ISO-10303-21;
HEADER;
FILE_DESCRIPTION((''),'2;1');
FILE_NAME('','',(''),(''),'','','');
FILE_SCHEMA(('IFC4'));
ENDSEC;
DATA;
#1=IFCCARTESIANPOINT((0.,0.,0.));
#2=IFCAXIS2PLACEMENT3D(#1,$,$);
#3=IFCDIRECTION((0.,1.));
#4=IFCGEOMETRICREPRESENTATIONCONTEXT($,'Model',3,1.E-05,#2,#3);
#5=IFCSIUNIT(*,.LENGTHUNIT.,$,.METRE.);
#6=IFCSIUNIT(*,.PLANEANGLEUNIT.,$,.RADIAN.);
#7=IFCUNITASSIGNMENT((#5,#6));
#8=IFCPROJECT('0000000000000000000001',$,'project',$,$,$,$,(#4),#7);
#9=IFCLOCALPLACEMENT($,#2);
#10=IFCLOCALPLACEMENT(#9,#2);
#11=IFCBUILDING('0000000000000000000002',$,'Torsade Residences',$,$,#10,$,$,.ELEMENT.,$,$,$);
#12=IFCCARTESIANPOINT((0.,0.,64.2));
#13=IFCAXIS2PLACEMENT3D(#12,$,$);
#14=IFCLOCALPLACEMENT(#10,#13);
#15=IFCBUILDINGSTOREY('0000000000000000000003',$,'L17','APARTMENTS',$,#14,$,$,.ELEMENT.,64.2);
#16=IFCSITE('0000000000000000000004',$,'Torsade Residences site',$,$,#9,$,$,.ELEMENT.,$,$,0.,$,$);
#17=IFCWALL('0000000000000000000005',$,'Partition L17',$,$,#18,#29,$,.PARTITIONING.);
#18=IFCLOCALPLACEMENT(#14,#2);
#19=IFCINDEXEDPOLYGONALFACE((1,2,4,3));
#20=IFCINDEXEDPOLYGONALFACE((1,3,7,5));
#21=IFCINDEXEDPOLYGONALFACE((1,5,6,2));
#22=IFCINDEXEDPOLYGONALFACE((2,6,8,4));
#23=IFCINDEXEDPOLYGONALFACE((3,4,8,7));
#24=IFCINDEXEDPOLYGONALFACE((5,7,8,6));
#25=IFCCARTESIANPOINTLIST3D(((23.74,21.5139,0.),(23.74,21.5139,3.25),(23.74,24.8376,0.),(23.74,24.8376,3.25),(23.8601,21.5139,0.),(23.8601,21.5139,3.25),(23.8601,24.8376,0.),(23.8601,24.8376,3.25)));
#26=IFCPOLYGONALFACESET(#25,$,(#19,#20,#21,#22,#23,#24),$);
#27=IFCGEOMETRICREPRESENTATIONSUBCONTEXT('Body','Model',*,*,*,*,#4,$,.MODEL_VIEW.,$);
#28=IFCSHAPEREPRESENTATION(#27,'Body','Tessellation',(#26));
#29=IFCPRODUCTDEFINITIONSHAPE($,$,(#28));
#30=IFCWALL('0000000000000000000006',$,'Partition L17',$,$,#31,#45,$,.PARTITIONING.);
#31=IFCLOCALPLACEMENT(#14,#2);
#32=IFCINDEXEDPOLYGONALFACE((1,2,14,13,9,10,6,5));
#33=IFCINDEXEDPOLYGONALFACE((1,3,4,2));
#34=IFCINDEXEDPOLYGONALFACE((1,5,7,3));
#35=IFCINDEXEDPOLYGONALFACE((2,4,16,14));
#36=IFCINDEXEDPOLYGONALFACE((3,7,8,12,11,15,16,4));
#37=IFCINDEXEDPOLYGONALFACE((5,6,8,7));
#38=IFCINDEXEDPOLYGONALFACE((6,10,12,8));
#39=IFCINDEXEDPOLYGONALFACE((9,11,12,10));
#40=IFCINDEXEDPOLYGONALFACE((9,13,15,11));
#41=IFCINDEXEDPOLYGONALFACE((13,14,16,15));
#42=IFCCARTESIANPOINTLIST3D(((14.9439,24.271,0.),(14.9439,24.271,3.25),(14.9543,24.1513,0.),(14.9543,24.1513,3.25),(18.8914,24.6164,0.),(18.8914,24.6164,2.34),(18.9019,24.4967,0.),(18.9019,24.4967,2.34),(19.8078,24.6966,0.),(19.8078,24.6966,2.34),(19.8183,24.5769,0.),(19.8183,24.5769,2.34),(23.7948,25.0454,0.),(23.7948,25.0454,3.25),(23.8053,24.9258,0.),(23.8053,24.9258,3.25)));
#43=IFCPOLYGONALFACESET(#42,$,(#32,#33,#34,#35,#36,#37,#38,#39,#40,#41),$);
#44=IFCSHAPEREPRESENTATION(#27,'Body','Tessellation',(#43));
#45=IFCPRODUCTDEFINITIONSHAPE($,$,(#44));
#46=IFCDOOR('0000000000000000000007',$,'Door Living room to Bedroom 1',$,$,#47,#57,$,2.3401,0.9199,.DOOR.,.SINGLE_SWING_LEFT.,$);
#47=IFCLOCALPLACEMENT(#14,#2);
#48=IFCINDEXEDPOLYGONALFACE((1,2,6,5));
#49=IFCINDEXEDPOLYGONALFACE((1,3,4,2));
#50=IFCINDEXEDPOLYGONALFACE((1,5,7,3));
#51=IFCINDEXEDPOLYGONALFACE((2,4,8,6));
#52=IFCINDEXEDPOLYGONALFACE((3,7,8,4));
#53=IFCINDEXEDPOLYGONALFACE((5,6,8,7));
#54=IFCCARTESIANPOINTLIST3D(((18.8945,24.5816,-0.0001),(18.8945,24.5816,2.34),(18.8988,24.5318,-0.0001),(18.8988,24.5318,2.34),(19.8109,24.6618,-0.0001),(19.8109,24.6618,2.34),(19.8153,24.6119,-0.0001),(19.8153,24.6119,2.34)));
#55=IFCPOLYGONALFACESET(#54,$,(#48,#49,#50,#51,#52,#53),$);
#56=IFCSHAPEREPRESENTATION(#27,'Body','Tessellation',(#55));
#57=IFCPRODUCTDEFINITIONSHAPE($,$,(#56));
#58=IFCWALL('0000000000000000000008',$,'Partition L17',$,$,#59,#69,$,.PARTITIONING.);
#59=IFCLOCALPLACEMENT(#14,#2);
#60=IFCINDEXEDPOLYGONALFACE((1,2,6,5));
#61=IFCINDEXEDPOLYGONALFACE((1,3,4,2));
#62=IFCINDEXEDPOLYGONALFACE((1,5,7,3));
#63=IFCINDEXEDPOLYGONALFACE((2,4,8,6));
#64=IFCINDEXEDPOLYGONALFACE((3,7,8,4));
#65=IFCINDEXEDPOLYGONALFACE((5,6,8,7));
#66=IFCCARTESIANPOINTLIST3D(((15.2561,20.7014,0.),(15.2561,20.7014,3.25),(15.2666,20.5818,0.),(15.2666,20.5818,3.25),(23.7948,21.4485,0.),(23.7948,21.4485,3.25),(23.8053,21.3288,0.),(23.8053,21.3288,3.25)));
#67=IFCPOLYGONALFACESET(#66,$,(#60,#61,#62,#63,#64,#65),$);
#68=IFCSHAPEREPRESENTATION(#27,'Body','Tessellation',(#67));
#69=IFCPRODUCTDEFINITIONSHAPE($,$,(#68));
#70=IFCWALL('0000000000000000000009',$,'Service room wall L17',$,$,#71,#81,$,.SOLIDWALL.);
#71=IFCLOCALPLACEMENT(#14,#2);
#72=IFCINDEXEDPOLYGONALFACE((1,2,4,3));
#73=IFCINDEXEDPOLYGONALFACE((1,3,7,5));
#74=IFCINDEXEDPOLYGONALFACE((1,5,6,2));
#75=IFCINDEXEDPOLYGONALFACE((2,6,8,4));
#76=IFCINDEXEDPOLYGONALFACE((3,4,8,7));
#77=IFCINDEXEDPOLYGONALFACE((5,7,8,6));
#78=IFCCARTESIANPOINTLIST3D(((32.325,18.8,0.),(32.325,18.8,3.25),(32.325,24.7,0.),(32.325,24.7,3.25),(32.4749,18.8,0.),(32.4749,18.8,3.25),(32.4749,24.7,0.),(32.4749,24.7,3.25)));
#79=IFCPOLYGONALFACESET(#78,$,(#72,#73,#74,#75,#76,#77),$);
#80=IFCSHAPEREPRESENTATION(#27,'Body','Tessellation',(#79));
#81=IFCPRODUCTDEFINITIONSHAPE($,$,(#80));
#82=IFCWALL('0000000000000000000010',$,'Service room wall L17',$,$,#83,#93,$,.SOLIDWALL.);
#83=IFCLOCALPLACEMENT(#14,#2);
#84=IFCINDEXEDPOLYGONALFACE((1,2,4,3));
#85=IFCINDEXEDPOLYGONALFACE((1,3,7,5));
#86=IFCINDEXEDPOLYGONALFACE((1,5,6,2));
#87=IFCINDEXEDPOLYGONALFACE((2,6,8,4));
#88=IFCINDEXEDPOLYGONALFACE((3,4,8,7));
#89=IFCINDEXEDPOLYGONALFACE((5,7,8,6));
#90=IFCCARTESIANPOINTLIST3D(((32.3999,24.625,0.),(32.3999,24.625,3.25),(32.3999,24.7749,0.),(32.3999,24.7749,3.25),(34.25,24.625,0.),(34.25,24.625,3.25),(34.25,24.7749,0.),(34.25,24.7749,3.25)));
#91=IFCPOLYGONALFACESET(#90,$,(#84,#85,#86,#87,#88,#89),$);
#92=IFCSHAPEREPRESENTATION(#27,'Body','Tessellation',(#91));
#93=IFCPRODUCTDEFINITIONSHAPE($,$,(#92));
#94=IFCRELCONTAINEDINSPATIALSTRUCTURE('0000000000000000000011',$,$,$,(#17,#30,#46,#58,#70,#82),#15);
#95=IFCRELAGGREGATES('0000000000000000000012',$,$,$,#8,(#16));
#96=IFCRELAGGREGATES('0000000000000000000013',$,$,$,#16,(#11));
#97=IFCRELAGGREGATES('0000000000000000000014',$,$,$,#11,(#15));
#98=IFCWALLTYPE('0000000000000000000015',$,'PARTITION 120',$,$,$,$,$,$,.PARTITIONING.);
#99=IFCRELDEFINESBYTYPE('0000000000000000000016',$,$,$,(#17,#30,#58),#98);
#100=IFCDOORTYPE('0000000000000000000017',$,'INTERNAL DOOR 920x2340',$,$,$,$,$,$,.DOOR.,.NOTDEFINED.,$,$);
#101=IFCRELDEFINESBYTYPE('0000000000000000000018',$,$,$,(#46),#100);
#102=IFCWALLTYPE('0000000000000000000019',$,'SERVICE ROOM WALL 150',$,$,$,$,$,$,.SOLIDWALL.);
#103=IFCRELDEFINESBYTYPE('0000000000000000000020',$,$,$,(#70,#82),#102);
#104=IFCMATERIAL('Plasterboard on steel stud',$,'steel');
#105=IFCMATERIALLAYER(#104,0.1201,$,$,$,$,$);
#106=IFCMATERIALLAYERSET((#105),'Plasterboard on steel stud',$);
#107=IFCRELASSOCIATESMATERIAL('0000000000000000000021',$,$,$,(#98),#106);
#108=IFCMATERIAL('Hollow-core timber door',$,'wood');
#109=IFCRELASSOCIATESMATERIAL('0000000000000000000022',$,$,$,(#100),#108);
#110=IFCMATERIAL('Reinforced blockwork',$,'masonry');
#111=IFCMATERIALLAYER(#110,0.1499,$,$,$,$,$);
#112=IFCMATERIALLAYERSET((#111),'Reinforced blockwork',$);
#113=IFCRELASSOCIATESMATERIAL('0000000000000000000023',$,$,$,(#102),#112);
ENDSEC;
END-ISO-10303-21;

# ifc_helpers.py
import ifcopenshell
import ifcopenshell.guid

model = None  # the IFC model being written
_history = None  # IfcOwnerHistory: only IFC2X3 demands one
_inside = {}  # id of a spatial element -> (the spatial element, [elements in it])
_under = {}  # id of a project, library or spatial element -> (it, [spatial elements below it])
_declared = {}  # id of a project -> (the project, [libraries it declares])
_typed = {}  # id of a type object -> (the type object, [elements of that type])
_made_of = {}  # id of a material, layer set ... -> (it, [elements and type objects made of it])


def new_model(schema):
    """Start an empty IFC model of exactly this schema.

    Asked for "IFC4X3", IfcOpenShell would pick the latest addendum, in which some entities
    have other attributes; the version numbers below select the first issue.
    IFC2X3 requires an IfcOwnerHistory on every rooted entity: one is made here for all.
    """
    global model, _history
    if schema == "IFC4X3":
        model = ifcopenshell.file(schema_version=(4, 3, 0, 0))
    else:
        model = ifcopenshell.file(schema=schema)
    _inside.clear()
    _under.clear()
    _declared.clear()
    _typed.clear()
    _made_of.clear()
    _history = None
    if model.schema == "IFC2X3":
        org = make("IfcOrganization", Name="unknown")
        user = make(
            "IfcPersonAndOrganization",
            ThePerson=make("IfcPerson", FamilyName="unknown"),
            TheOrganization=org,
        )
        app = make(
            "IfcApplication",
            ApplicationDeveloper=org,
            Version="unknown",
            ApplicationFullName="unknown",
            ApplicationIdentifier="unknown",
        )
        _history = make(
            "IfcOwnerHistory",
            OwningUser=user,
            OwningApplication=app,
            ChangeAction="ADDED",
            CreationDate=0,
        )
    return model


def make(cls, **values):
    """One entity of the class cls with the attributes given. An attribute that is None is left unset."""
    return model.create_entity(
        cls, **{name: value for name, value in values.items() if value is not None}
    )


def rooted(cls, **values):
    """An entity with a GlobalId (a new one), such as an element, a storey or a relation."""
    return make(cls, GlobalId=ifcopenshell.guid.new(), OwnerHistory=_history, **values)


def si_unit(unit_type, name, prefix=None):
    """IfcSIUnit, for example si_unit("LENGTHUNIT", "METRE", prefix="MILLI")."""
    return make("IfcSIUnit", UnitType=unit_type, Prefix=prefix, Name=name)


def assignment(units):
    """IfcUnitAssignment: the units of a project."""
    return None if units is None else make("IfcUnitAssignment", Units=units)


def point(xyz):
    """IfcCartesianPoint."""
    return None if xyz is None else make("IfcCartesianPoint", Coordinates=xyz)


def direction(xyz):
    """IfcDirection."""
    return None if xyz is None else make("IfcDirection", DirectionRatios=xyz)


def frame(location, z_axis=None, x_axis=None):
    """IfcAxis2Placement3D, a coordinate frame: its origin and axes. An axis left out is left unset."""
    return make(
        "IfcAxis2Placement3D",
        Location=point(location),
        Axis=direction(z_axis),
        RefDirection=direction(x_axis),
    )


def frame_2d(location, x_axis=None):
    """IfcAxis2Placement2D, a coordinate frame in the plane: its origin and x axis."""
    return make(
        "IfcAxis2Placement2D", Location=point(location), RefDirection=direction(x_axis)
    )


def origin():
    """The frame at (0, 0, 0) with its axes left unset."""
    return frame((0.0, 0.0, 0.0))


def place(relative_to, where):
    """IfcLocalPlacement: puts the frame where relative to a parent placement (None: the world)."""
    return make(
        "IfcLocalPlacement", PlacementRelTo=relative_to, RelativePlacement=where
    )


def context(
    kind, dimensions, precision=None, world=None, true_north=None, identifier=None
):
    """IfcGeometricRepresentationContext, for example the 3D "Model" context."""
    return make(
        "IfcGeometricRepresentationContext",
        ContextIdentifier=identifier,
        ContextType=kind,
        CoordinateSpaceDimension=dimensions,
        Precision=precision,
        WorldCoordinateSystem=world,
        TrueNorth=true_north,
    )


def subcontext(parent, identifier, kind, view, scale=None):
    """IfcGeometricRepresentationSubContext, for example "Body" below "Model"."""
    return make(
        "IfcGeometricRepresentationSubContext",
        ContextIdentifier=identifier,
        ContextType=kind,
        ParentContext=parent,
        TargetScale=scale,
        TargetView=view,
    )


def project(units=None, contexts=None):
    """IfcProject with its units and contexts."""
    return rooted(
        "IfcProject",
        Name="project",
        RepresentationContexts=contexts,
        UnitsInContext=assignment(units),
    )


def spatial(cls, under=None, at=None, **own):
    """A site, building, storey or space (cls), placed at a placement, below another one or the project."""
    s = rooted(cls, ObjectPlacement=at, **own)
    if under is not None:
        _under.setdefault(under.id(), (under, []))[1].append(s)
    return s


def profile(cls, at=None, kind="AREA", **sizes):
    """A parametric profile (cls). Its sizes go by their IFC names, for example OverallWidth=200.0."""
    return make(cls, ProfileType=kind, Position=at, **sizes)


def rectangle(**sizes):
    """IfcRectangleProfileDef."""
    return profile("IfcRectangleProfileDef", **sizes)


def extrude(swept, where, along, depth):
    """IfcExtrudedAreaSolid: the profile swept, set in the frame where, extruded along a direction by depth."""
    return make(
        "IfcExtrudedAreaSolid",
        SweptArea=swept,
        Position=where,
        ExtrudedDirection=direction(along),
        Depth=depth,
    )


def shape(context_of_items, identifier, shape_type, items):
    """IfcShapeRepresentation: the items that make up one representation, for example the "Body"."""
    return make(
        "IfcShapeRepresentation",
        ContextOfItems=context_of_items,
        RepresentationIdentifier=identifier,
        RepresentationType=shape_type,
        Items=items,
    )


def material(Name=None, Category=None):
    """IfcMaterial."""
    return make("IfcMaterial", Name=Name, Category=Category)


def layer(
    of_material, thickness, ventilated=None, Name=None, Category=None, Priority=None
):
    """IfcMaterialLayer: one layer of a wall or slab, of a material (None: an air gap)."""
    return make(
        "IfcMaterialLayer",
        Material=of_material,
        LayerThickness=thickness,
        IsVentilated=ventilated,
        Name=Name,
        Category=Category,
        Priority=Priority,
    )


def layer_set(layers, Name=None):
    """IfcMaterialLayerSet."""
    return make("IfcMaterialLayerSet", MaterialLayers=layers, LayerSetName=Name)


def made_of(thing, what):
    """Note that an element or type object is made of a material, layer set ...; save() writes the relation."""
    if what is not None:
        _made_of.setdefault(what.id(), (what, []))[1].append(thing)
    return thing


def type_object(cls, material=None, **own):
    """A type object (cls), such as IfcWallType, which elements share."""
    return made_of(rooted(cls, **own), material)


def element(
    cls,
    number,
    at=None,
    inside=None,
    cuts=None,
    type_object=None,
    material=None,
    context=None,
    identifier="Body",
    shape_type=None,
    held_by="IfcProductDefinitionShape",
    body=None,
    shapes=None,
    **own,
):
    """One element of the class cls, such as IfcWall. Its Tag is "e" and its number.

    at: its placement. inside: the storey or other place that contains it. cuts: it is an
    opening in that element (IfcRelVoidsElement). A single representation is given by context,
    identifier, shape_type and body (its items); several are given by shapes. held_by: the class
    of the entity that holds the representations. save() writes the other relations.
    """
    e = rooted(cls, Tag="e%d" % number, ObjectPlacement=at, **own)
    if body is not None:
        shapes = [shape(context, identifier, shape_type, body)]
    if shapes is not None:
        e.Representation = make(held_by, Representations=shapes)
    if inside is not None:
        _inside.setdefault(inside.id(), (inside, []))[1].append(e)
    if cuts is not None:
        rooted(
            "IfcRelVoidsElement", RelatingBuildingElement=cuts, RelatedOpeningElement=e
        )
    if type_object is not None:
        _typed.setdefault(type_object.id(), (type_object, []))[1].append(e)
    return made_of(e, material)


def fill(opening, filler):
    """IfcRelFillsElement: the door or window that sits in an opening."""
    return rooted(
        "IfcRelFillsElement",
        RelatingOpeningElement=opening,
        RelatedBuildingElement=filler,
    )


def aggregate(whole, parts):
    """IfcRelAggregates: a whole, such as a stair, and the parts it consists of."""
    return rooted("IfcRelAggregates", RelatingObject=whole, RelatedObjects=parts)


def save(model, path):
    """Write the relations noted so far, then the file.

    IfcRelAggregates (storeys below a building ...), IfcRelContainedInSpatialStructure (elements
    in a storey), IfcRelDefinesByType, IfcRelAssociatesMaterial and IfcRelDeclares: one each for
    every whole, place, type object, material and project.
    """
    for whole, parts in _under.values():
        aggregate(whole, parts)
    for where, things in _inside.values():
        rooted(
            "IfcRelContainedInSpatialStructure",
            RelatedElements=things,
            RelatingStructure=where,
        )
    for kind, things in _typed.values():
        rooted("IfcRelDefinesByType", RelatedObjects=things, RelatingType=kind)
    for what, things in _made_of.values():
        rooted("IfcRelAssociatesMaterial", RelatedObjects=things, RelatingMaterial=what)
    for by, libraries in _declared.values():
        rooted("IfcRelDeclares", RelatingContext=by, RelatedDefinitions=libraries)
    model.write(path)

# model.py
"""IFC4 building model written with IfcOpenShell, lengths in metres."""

from ifc_helpers import new_model, si_unit, direction, frame, frame_2d, origin, place, context, subcontext, project, spatial, rectangle, extrude, material, layer, layer_set, type_object, element, fill, save


model = new_model("IFC4")

# Units and contexts
model_context = context("Model", 3, precision=1e-05, world=origin(), true_north=direction((0.0, 1.0)))
body_context = subcontext(model_context, "Body", "Model", "MODEL_VIEW")
ifc_project = project(units=[si_unit("LENGTHUNIT", "METRE"), si_unit("PLANEANGLEUNIT", "RADIAN")], contexts=[model_context])

# Site, building, storey
site_placement = place(None, origin())
site = spatial("IfcSite", under=ifc_project, at=site_placement, Name="Torsade Residences site", CompositionType="ELEMENT", RefElevation=0.0)
building_placement = place(site_placement, origin())
building = spatial("IfcBuilding", under=site, at=building_placement, Name="Torsade Residences", CompositionType="ELEMENT")
storey_placement = place(building_placement, frame((0.0, 0.0, 64.2)))
storey = spatial("IfcBuildingStorey", under=building, at=storey_placement, Name="L17", Description="APARTMENTS", CompositionType="ELEMENT", Elevation=64.2)

# Shared definitions
ifc_material_1 = material(Name="Plasterboard on steel stud", Category="steel")
ifc_layer_1 = layer(ifc_material_1, 0.1201)
ifc_layer_set_1 = layer_set([ifc_layer_1], Name="Plasterboard on steel stud")
wall_type_1 = type_object("IfcWallType", Name="PARTITION 120", PredefinedType="PARTITIONING", material=ifc_layer_set_1)

# Shared definitions
ifc_material_2 = material(Name="Hollow-core timber door", Category="wood")
door_type_1 = type_object("IfcDoorType", Name="INTERNAL DOOR 920x2340", OperationType="NOTDEFINED", PredefinedType="DOOR", material=ifc_material_2)

# Wall
wall_1_placement = place(storey_placement, frame((23.8, 21.5139, 0.0), z_axis=(0.0, 0.0, 1.0), x_axis=(0.0, 1.0, 0.0)))
element("IfcWall", 1, at=wall_1_placement, inside=storey, type_object=wall_type_1, Name="Partition L17", PredefinedType="PARTITIONING", context=body_context, shape_type="SweptSolid", body=[
    extrude(rectangle(XDim=3.3237, YDim=0.1201, at=frame_2d((1.6619, 0.0))), origin(), (0.0, 0.0, 1.0), 3.25),
])

# Wall, opening, door
wall_2_placement = place(storey_placement, frame((23.8, 24.9856, 0.0), z_axis=(0.0, 0.0, 1.0), x_axis=(-0.996194, -0.087163, 0.0)))
wall_2 = element("IfcWall", 2, at=wall_2_placement, inside=storey, type_object=wall_type_1, Name="Partition L17", PredefinedType="PARTITIONING", context=body_context, shape_type="SweptSolid", body=[
    extrude(rectangle(XDim=8.8848, YDim=0.1201, at=frame_2d((4.4424, 0.0))), origin(), (0.0, 0.0, 1.0), 3.25),
])
opening_1_placement = place(wall_2_placement, frame((4.0022, 0.0, 0.0)))
opening_1 = element("IfcOpeningElement", 3, at=opening_1_placement, cuts=wall_2, PredefinedType="OPENING", context=body_context, shape_type="SweptSolid", body=[
    extrude(rectangle(XDim=0.9199, YDim=2.3401, at=frame_2d((0.46, 1.1699))), frame((0.0, 0.0701, 0.0), z_axis=(0.0, -1.0, 0.0), x_axis=(1.0, 0.0, 0.0)), (0.0, 0.0, 1.0), 0.1401),
])
door_1_placement = place(opening_1_placement, origin())
door_1 = element("IfcDoor", 4, at=door_1_placement, inside=storey, type_object=door_type_1, Name="Door Living room to Bedroom 1", OperationType="SINGLE_SWING_LEFT", OverallHeight=2.3401, OverallWidth=0.9199, PredefinedType="DOOR", context=body_context, shape_type="SweptSolid", body=[
    extrude(rectangle(XDim=0.9199, YDim=2.3401, at=frame_2d((0.46, 1.1699))), frame((0.0, 0.0249, 0.0), z_axis=(0.0, -1.0, 0.0), x_axis=(1.0, 0.0, 0.0)), (0.0, 0.0, 1.0), 0.05),
])
fill(opening_1, door_1)

# Walls
wall_3_placement = place(storey_placement, frame((23.8, 21.3887, 0.0), z_axis=(0.0, 0.0, 1.0), x_axis=(-0.996194, -0.087161, 0.0)))
element("IfcWall", 5, at=wall_3_placement, inside=storey, type_object=wall_type_1, Name="Partition L17", PredefinedType="PARTITIONING", context=body_context, shape_type="SweptSolid", body=[
    extrude(rectangle(XDim=8.5713, YDim=0.1201, at=frame_2d((4.2856, 0.0))), origin(), (0.0, 0.0, 1.0), 3.25),
])
ifc_material_3 = material(Name="Reinforced blockwork", Category="masonry")
ifc_layer_2 = layer(ifc_material_3, 0.1499)
ifc_layer_set_2 = layer_set([ifc_layer_2], Name="Reinforced blockwork")
wall_type_2 = type_object("IfcWallType", Name="SERVICE ROOM WALL 150", PredefinedType="SOLIDWALL", material=ifc_layer_set_2)
wall_4_placement = place(storey_placement, frame((32.3999, 18.8, 0.0), z_axis=(0.0, 0.0, 1.0), x_axis=(0.0, 1.0, 0.0)))
element("IfcWall", 6, at=wall_4_placement, inside=storey, type_object=wall_type_2, Name="Service room wall L17", PredefinedType="SOLIDWALL", context=body_context, shape_type="SweptSolid", body=[
    extrude(rectangle(XDim=5.8999, YDim=0.1499, at=frame_2d((2.95, 0.0))), origin(), (0.0, 0.0, 1.0), 3.25),
])
wall_5_placement = place(storey_placement, frame((32.3999, 24.7, 0.0), z_axis=(0.0, 0.0, 1.0), x_axis=(1.0, 0.0, 0.0)))
element("IfcWall", 7, at=wall_5_placement, inside=storey, type_object=wall_type_2, Name="Service room wall L17", PredefinedType="SOLIDWALL", context=body_context, shape_type="SweptSolid", body=[
    extrude(rectangle(XDim=1.8501, YDim=0.1499, at=frame_2d((0.925, 0.0))), origin(), (0.0, 0.0, 1.0), 3.25),
])

save(model, "model.ifc")
